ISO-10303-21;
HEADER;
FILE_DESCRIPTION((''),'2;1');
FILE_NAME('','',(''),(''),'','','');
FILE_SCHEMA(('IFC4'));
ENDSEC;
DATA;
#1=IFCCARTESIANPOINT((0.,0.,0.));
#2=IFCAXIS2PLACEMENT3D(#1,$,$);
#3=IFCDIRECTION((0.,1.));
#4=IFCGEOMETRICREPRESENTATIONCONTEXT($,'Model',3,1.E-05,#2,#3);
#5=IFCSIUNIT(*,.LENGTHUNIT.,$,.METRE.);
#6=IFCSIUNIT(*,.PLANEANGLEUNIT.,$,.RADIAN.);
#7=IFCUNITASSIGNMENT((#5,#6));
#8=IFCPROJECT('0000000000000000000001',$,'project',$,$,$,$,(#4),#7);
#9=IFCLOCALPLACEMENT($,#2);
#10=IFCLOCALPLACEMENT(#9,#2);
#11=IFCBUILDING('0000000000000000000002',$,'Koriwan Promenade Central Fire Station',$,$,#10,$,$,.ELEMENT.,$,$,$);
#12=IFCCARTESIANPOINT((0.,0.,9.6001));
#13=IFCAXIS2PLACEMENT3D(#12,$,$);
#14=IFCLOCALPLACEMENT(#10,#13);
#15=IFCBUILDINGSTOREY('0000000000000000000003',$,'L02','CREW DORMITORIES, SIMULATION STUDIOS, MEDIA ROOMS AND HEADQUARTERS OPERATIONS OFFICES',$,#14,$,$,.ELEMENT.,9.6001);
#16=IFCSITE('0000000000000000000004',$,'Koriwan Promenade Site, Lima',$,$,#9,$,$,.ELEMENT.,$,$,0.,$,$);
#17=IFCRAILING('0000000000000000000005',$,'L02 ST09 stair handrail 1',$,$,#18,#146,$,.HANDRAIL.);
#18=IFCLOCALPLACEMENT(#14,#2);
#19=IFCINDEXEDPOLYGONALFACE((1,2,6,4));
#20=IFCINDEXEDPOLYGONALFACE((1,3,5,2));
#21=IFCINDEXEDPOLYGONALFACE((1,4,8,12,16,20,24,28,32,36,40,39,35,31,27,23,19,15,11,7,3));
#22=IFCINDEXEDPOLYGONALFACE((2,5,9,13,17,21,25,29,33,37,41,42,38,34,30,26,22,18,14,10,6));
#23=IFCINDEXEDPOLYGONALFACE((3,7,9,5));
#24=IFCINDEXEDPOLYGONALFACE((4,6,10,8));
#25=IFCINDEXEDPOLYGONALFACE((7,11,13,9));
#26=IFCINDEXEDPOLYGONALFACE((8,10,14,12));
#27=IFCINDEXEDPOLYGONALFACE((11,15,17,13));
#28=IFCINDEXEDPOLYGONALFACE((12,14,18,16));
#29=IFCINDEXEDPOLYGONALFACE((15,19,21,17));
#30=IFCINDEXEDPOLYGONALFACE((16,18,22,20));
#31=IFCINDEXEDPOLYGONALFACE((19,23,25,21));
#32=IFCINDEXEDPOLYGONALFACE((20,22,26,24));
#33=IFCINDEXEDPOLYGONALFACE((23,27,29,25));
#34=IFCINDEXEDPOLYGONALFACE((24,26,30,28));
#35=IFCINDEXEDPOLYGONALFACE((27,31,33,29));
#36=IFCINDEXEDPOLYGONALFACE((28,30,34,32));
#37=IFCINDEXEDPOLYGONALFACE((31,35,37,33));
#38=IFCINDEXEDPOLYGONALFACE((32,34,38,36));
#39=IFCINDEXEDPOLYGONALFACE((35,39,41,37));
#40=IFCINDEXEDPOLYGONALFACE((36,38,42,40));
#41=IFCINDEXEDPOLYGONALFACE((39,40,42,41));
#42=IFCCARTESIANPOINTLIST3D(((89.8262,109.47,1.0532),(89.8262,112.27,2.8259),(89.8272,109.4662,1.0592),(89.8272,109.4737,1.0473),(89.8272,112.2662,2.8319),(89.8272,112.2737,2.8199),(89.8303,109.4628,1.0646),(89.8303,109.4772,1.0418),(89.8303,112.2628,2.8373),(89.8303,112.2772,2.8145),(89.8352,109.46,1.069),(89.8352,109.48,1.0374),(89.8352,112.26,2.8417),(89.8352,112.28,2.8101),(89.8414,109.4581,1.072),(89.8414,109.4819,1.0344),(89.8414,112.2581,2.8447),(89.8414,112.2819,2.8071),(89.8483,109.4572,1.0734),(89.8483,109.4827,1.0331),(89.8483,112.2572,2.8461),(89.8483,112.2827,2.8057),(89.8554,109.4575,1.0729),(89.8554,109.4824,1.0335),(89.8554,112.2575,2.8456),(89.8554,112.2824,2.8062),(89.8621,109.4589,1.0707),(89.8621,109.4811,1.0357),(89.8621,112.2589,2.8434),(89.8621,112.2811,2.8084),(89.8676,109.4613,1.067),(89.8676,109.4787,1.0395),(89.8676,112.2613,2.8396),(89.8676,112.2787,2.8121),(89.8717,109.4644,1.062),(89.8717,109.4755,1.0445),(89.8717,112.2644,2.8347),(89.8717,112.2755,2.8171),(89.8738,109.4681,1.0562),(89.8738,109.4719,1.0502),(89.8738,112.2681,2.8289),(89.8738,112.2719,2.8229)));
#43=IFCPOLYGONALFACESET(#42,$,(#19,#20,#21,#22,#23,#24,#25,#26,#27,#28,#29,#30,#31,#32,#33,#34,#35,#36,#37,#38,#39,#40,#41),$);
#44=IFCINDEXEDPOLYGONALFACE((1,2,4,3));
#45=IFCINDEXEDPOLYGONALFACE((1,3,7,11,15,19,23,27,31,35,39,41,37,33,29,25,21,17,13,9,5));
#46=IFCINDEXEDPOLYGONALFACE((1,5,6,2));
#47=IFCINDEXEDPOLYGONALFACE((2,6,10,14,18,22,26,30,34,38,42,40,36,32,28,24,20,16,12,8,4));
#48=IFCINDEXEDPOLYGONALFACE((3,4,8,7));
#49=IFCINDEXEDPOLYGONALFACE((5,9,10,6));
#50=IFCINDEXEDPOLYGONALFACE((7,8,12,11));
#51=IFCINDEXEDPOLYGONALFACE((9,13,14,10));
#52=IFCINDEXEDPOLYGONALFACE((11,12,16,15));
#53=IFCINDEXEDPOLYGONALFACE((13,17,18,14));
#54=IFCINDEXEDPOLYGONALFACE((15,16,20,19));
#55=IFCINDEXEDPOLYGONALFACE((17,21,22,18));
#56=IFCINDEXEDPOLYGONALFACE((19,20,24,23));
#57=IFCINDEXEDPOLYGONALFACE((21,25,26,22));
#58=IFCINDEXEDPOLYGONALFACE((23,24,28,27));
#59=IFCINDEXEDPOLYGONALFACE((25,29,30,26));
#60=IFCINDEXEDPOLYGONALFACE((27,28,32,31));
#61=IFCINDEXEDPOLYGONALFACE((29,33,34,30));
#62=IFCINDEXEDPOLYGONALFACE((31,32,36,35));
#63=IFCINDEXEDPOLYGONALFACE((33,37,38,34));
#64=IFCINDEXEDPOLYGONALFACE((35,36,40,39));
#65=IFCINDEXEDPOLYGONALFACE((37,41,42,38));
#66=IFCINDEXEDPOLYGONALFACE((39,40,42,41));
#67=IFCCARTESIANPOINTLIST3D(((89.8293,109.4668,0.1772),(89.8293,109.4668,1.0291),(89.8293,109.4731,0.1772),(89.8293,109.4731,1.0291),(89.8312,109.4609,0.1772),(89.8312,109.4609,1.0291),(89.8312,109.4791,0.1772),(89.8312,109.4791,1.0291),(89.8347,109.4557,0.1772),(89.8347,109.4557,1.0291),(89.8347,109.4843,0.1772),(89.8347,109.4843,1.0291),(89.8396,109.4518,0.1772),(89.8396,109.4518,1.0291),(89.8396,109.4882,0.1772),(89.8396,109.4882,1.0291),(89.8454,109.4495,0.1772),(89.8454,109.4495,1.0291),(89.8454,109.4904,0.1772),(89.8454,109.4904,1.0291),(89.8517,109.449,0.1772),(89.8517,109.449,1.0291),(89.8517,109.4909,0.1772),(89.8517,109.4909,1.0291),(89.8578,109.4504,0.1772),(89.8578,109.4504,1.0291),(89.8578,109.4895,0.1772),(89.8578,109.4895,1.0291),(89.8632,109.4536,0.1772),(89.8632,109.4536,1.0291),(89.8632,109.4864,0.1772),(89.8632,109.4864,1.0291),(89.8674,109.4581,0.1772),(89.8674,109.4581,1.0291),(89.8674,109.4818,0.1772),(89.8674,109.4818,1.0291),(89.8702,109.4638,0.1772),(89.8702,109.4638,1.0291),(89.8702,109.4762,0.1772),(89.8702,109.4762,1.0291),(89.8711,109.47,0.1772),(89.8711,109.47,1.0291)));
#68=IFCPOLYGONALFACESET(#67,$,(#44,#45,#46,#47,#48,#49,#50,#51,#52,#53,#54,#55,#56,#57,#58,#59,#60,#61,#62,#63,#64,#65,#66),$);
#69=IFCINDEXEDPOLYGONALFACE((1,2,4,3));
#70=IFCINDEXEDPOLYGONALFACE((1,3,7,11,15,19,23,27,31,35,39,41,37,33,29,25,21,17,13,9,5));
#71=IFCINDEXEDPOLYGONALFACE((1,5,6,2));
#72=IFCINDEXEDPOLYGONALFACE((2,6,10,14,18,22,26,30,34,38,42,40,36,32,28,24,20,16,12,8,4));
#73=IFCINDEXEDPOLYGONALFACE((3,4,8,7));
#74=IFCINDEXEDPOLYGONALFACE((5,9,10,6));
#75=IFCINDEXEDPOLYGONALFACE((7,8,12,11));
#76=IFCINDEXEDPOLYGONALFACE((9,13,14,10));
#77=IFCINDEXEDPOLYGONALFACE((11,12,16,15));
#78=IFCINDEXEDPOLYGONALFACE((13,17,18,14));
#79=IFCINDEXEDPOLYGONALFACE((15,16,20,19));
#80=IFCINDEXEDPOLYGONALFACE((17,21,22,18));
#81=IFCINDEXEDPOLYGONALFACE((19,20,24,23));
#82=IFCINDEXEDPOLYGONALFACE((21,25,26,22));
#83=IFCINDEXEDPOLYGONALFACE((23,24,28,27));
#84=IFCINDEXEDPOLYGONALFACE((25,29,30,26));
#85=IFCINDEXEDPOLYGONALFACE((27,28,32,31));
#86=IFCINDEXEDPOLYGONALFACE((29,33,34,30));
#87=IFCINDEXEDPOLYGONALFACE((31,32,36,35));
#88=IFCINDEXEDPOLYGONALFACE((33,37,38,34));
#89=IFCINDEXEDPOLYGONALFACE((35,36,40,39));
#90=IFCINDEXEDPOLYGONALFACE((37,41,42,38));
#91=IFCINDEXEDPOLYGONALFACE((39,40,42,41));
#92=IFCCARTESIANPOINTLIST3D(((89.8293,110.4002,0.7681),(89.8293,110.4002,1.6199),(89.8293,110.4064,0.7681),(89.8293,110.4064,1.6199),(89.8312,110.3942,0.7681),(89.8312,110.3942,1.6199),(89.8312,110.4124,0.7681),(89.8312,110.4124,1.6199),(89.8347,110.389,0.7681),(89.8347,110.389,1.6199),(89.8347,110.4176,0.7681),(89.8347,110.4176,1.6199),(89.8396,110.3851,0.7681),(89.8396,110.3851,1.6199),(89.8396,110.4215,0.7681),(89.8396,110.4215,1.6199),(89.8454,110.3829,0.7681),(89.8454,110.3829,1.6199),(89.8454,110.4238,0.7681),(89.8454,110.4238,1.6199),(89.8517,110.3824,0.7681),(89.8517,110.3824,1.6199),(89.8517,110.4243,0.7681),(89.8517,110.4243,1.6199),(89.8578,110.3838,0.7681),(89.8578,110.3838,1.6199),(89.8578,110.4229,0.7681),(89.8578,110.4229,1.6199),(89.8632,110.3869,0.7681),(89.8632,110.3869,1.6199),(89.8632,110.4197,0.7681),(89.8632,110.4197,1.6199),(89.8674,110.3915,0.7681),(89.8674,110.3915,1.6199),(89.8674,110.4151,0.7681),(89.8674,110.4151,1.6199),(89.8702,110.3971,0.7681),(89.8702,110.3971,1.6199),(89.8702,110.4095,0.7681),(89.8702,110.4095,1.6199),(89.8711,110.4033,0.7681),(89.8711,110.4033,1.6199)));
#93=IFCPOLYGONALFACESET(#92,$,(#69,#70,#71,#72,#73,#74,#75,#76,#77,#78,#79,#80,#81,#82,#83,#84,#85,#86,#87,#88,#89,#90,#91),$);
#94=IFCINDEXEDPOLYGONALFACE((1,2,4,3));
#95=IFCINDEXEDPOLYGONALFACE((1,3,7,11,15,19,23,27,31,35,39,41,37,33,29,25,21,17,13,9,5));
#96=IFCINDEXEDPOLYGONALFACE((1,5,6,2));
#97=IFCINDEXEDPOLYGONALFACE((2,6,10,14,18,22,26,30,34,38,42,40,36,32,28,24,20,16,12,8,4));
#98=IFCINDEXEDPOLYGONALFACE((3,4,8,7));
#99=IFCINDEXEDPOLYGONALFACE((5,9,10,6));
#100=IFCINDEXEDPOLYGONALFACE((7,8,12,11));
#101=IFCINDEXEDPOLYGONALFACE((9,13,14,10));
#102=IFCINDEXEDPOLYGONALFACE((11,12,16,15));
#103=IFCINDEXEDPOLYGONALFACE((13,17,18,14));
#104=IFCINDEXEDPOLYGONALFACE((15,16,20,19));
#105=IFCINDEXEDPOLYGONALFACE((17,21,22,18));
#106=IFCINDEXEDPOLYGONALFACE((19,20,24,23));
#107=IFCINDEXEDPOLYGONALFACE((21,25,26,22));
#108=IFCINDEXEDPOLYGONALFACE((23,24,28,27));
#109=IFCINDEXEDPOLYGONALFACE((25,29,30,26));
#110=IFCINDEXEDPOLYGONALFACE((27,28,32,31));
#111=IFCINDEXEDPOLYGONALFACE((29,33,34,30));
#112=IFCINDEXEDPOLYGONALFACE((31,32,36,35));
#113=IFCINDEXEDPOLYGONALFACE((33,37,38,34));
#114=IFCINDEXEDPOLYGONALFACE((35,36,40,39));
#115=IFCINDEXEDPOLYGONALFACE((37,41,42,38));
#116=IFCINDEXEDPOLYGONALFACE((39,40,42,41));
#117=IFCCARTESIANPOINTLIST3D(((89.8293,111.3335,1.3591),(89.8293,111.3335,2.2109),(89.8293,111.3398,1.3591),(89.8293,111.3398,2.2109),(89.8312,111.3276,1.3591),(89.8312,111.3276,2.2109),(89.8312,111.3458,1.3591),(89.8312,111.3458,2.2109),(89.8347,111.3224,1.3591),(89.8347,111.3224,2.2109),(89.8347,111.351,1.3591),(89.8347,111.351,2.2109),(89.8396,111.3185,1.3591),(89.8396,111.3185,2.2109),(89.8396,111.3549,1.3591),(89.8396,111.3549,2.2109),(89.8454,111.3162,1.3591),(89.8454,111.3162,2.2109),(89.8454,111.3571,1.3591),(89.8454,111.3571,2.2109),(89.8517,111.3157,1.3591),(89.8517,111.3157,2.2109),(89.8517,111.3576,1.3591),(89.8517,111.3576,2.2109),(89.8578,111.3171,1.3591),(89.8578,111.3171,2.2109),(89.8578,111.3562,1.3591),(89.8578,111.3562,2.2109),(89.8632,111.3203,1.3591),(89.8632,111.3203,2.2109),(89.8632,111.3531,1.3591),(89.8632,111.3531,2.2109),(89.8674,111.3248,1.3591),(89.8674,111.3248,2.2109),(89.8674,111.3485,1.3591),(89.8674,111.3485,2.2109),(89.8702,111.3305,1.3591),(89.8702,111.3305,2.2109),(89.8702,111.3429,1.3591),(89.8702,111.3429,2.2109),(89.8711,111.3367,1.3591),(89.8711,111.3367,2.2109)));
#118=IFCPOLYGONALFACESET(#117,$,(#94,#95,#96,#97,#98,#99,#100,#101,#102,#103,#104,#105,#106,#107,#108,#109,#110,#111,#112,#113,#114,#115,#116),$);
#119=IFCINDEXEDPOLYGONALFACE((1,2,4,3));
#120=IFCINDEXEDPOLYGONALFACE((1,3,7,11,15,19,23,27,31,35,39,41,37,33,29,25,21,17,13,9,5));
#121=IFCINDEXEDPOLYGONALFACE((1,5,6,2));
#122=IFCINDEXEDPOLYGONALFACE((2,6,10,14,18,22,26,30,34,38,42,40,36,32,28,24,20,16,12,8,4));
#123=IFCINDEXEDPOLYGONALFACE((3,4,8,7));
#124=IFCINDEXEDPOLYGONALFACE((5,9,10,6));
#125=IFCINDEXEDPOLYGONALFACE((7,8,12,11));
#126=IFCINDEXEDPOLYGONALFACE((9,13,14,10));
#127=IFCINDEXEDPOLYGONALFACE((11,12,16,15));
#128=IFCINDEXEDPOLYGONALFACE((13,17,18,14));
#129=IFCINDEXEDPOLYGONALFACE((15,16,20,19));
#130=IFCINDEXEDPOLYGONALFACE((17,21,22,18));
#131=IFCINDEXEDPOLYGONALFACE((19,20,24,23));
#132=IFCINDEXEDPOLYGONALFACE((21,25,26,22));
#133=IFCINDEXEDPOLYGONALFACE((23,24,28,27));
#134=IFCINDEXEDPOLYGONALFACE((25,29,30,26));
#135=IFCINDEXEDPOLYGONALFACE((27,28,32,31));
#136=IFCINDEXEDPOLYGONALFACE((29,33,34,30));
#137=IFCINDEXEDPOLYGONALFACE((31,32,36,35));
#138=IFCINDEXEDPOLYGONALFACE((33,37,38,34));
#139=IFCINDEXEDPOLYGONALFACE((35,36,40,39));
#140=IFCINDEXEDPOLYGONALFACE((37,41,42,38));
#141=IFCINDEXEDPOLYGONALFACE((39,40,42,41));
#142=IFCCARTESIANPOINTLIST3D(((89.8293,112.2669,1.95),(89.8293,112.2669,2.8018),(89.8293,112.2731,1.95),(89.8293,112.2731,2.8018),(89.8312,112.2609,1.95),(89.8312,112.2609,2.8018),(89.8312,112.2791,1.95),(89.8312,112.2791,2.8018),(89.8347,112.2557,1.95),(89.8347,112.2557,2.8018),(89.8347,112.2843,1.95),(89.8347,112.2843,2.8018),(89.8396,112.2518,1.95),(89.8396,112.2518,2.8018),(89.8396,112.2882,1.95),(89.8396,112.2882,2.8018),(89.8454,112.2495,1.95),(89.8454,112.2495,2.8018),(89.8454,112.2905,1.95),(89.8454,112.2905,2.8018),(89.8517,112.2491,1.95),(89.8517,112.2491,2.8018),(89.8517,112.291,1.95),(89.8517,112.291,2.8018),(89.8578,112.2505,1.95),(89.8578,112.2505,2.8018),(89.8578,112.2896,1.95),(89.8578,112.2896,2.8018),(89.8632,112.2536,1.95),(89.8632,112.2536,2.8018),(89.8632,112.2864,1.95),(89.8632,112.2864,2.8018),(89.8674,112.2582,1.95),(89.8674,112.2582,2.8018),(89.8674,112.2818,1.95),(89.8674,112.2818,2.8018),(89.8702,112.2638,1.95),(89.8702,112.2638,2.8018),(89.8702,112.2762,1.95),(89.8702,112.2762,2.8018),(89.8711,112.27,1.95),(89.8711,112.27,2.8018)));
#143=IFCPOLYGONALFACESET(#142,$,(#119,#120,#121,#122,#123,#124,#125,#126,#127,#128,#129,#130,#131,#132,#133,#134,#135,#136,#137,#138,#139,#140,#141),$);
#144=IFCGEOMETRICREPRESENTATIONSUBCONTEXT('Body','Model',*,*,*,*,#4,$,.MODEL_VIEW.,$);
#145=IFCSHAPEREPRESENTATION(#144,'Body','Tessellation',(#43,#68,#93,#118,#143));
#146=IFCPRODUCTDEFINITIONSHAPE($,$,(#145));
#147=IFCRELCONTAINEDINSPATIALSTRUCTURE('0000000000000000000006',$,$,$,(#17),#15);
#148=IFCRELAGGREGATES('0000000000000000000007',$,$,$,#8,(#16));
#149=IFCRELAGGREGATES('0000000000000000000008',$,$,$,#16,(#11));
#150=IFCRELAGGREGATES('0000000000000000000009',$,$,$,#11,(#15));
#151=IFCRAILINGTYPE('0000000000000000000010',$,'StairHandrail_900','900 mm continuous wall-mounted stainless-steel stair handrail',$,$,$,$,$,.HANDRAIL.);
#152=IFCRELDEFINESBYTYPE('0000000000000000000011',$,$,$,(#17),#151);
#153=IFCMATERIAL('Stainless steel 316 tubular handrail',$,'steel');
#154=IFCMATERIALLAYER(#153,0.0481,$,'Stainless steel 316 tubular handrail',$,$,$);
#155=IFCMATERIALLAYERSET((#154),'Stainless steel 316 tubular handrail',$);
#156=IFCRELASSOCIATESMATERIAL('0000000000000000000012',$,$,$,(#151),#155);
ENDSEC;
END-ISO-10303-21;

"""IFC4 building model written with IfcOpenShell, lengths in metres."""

from ifc_helpers import new_model, si_unit, direction, frame, origin, origin_2d, place, context, subcontext, project, spatial, circle, extrude, material, layer, layer_set, type_object, element, save


model = new_model("IFC4")

# Units and contexts
model_context = context("Model", 3, precision=1e-05, world=origin(), true_north=direction((0.0, 1.0)))
body_context = subcontext(model_context, "Body", "Model", "MODEL_VIEW")
ifc_project = project(units=[si_unit("LENGTHUNIT", "METRE"), si_unit("PLANEANGLEUNIT", "RADIAN")], contexts=[model_context])

# Site, building, storey
site_placement = place(None, origin())
site = spatial("IfcSite", under=ifc_project, at=site_placement, Name="Koriwan Promenade Site, Lima", CompositionType="ELEMENT", RefElevation=0.0)
building_placement = place(site_placement, origin())
building = spatial("IfcBuilding", under=site, at=building_placement, Name="Koriwan Promenade Central Fire Station", CompositionType="ELEMENT")
storey_placement = place(building_placement, frame((0.0, 0.0, 9.6001)))
storey = spatial("IfcBuildingStorey", under=building, at=storey_placement, Name="L02", Description="CREW DORMITORIES, SIMULATION STUDIOS, MEDIA ROOMS AND HEADQUARTERS OPERATIONS OFFICES", CompositionType="ELEMENT", Elevation=9.6001)

# Railing
ifc_material_1 = material(Name="Stainless steel 316 tubular handrail", Category="steel")
ifc_layer_1 = layer(ifc_material_1, 0.0481, Name="Stainless steel 316 tubular handrail")
ifc_layer_set_1 = layer_set([ifc_layer_1], Name="Stainless steel 316 tubular handrail")
railing_type_1 = type_object("IfcRailingType", Name="StairHandrail_900", Description="900 mm continuous wall-mounted stainless-steel stair handrail", PredefinedType="HANDRAIL", material=ifc_layer_set_1)
railing_1_placement = place(storey_placement, frame((89.8501, 109.47, 0.1772)))
element("IfcRailing", 1, at=railing_1_placement, inside=storey, type_object=railing_type_1, Name="L02 ST09 stair handrail 1", PredefinedType="HANDRAIL", context=body_context, shape_type="SweptSolid", body=[
    extrude(circle(Radius=0.0239, at=origin_2d()), frame((0.0, 0.0, 0.876), z_axis=(0.0, 0.844909, 0.53491), x_axis=(-1.0, 0.0, 0.0)), (0.0, 0.0, 1.0), 3.314),
    extrude(circle(Radius=0.021, at=origin_2d()), origin(), (0.0, 0.0, 1.0), 0.8518),
    extrude(circle(Radius=0.021, at=origin_2d()), frame((0.0, 0.9333, 0.5908)), (0.0, 0.0, 1.0), 0.8518),
    extrude(circle(Radius=0.021, at=origin_2d()), frame((0.0, 1.8667, 1.1819)), (0.0, 0.0, 1.0), 0.8518),
    extrude(circle(Radius=0.021, at=origin_2d()), frame((0.0, 2.8, 1.7727)), (0.0, 0.0, 1.0), 0.8518),
])

save(model, "model.ifc")
